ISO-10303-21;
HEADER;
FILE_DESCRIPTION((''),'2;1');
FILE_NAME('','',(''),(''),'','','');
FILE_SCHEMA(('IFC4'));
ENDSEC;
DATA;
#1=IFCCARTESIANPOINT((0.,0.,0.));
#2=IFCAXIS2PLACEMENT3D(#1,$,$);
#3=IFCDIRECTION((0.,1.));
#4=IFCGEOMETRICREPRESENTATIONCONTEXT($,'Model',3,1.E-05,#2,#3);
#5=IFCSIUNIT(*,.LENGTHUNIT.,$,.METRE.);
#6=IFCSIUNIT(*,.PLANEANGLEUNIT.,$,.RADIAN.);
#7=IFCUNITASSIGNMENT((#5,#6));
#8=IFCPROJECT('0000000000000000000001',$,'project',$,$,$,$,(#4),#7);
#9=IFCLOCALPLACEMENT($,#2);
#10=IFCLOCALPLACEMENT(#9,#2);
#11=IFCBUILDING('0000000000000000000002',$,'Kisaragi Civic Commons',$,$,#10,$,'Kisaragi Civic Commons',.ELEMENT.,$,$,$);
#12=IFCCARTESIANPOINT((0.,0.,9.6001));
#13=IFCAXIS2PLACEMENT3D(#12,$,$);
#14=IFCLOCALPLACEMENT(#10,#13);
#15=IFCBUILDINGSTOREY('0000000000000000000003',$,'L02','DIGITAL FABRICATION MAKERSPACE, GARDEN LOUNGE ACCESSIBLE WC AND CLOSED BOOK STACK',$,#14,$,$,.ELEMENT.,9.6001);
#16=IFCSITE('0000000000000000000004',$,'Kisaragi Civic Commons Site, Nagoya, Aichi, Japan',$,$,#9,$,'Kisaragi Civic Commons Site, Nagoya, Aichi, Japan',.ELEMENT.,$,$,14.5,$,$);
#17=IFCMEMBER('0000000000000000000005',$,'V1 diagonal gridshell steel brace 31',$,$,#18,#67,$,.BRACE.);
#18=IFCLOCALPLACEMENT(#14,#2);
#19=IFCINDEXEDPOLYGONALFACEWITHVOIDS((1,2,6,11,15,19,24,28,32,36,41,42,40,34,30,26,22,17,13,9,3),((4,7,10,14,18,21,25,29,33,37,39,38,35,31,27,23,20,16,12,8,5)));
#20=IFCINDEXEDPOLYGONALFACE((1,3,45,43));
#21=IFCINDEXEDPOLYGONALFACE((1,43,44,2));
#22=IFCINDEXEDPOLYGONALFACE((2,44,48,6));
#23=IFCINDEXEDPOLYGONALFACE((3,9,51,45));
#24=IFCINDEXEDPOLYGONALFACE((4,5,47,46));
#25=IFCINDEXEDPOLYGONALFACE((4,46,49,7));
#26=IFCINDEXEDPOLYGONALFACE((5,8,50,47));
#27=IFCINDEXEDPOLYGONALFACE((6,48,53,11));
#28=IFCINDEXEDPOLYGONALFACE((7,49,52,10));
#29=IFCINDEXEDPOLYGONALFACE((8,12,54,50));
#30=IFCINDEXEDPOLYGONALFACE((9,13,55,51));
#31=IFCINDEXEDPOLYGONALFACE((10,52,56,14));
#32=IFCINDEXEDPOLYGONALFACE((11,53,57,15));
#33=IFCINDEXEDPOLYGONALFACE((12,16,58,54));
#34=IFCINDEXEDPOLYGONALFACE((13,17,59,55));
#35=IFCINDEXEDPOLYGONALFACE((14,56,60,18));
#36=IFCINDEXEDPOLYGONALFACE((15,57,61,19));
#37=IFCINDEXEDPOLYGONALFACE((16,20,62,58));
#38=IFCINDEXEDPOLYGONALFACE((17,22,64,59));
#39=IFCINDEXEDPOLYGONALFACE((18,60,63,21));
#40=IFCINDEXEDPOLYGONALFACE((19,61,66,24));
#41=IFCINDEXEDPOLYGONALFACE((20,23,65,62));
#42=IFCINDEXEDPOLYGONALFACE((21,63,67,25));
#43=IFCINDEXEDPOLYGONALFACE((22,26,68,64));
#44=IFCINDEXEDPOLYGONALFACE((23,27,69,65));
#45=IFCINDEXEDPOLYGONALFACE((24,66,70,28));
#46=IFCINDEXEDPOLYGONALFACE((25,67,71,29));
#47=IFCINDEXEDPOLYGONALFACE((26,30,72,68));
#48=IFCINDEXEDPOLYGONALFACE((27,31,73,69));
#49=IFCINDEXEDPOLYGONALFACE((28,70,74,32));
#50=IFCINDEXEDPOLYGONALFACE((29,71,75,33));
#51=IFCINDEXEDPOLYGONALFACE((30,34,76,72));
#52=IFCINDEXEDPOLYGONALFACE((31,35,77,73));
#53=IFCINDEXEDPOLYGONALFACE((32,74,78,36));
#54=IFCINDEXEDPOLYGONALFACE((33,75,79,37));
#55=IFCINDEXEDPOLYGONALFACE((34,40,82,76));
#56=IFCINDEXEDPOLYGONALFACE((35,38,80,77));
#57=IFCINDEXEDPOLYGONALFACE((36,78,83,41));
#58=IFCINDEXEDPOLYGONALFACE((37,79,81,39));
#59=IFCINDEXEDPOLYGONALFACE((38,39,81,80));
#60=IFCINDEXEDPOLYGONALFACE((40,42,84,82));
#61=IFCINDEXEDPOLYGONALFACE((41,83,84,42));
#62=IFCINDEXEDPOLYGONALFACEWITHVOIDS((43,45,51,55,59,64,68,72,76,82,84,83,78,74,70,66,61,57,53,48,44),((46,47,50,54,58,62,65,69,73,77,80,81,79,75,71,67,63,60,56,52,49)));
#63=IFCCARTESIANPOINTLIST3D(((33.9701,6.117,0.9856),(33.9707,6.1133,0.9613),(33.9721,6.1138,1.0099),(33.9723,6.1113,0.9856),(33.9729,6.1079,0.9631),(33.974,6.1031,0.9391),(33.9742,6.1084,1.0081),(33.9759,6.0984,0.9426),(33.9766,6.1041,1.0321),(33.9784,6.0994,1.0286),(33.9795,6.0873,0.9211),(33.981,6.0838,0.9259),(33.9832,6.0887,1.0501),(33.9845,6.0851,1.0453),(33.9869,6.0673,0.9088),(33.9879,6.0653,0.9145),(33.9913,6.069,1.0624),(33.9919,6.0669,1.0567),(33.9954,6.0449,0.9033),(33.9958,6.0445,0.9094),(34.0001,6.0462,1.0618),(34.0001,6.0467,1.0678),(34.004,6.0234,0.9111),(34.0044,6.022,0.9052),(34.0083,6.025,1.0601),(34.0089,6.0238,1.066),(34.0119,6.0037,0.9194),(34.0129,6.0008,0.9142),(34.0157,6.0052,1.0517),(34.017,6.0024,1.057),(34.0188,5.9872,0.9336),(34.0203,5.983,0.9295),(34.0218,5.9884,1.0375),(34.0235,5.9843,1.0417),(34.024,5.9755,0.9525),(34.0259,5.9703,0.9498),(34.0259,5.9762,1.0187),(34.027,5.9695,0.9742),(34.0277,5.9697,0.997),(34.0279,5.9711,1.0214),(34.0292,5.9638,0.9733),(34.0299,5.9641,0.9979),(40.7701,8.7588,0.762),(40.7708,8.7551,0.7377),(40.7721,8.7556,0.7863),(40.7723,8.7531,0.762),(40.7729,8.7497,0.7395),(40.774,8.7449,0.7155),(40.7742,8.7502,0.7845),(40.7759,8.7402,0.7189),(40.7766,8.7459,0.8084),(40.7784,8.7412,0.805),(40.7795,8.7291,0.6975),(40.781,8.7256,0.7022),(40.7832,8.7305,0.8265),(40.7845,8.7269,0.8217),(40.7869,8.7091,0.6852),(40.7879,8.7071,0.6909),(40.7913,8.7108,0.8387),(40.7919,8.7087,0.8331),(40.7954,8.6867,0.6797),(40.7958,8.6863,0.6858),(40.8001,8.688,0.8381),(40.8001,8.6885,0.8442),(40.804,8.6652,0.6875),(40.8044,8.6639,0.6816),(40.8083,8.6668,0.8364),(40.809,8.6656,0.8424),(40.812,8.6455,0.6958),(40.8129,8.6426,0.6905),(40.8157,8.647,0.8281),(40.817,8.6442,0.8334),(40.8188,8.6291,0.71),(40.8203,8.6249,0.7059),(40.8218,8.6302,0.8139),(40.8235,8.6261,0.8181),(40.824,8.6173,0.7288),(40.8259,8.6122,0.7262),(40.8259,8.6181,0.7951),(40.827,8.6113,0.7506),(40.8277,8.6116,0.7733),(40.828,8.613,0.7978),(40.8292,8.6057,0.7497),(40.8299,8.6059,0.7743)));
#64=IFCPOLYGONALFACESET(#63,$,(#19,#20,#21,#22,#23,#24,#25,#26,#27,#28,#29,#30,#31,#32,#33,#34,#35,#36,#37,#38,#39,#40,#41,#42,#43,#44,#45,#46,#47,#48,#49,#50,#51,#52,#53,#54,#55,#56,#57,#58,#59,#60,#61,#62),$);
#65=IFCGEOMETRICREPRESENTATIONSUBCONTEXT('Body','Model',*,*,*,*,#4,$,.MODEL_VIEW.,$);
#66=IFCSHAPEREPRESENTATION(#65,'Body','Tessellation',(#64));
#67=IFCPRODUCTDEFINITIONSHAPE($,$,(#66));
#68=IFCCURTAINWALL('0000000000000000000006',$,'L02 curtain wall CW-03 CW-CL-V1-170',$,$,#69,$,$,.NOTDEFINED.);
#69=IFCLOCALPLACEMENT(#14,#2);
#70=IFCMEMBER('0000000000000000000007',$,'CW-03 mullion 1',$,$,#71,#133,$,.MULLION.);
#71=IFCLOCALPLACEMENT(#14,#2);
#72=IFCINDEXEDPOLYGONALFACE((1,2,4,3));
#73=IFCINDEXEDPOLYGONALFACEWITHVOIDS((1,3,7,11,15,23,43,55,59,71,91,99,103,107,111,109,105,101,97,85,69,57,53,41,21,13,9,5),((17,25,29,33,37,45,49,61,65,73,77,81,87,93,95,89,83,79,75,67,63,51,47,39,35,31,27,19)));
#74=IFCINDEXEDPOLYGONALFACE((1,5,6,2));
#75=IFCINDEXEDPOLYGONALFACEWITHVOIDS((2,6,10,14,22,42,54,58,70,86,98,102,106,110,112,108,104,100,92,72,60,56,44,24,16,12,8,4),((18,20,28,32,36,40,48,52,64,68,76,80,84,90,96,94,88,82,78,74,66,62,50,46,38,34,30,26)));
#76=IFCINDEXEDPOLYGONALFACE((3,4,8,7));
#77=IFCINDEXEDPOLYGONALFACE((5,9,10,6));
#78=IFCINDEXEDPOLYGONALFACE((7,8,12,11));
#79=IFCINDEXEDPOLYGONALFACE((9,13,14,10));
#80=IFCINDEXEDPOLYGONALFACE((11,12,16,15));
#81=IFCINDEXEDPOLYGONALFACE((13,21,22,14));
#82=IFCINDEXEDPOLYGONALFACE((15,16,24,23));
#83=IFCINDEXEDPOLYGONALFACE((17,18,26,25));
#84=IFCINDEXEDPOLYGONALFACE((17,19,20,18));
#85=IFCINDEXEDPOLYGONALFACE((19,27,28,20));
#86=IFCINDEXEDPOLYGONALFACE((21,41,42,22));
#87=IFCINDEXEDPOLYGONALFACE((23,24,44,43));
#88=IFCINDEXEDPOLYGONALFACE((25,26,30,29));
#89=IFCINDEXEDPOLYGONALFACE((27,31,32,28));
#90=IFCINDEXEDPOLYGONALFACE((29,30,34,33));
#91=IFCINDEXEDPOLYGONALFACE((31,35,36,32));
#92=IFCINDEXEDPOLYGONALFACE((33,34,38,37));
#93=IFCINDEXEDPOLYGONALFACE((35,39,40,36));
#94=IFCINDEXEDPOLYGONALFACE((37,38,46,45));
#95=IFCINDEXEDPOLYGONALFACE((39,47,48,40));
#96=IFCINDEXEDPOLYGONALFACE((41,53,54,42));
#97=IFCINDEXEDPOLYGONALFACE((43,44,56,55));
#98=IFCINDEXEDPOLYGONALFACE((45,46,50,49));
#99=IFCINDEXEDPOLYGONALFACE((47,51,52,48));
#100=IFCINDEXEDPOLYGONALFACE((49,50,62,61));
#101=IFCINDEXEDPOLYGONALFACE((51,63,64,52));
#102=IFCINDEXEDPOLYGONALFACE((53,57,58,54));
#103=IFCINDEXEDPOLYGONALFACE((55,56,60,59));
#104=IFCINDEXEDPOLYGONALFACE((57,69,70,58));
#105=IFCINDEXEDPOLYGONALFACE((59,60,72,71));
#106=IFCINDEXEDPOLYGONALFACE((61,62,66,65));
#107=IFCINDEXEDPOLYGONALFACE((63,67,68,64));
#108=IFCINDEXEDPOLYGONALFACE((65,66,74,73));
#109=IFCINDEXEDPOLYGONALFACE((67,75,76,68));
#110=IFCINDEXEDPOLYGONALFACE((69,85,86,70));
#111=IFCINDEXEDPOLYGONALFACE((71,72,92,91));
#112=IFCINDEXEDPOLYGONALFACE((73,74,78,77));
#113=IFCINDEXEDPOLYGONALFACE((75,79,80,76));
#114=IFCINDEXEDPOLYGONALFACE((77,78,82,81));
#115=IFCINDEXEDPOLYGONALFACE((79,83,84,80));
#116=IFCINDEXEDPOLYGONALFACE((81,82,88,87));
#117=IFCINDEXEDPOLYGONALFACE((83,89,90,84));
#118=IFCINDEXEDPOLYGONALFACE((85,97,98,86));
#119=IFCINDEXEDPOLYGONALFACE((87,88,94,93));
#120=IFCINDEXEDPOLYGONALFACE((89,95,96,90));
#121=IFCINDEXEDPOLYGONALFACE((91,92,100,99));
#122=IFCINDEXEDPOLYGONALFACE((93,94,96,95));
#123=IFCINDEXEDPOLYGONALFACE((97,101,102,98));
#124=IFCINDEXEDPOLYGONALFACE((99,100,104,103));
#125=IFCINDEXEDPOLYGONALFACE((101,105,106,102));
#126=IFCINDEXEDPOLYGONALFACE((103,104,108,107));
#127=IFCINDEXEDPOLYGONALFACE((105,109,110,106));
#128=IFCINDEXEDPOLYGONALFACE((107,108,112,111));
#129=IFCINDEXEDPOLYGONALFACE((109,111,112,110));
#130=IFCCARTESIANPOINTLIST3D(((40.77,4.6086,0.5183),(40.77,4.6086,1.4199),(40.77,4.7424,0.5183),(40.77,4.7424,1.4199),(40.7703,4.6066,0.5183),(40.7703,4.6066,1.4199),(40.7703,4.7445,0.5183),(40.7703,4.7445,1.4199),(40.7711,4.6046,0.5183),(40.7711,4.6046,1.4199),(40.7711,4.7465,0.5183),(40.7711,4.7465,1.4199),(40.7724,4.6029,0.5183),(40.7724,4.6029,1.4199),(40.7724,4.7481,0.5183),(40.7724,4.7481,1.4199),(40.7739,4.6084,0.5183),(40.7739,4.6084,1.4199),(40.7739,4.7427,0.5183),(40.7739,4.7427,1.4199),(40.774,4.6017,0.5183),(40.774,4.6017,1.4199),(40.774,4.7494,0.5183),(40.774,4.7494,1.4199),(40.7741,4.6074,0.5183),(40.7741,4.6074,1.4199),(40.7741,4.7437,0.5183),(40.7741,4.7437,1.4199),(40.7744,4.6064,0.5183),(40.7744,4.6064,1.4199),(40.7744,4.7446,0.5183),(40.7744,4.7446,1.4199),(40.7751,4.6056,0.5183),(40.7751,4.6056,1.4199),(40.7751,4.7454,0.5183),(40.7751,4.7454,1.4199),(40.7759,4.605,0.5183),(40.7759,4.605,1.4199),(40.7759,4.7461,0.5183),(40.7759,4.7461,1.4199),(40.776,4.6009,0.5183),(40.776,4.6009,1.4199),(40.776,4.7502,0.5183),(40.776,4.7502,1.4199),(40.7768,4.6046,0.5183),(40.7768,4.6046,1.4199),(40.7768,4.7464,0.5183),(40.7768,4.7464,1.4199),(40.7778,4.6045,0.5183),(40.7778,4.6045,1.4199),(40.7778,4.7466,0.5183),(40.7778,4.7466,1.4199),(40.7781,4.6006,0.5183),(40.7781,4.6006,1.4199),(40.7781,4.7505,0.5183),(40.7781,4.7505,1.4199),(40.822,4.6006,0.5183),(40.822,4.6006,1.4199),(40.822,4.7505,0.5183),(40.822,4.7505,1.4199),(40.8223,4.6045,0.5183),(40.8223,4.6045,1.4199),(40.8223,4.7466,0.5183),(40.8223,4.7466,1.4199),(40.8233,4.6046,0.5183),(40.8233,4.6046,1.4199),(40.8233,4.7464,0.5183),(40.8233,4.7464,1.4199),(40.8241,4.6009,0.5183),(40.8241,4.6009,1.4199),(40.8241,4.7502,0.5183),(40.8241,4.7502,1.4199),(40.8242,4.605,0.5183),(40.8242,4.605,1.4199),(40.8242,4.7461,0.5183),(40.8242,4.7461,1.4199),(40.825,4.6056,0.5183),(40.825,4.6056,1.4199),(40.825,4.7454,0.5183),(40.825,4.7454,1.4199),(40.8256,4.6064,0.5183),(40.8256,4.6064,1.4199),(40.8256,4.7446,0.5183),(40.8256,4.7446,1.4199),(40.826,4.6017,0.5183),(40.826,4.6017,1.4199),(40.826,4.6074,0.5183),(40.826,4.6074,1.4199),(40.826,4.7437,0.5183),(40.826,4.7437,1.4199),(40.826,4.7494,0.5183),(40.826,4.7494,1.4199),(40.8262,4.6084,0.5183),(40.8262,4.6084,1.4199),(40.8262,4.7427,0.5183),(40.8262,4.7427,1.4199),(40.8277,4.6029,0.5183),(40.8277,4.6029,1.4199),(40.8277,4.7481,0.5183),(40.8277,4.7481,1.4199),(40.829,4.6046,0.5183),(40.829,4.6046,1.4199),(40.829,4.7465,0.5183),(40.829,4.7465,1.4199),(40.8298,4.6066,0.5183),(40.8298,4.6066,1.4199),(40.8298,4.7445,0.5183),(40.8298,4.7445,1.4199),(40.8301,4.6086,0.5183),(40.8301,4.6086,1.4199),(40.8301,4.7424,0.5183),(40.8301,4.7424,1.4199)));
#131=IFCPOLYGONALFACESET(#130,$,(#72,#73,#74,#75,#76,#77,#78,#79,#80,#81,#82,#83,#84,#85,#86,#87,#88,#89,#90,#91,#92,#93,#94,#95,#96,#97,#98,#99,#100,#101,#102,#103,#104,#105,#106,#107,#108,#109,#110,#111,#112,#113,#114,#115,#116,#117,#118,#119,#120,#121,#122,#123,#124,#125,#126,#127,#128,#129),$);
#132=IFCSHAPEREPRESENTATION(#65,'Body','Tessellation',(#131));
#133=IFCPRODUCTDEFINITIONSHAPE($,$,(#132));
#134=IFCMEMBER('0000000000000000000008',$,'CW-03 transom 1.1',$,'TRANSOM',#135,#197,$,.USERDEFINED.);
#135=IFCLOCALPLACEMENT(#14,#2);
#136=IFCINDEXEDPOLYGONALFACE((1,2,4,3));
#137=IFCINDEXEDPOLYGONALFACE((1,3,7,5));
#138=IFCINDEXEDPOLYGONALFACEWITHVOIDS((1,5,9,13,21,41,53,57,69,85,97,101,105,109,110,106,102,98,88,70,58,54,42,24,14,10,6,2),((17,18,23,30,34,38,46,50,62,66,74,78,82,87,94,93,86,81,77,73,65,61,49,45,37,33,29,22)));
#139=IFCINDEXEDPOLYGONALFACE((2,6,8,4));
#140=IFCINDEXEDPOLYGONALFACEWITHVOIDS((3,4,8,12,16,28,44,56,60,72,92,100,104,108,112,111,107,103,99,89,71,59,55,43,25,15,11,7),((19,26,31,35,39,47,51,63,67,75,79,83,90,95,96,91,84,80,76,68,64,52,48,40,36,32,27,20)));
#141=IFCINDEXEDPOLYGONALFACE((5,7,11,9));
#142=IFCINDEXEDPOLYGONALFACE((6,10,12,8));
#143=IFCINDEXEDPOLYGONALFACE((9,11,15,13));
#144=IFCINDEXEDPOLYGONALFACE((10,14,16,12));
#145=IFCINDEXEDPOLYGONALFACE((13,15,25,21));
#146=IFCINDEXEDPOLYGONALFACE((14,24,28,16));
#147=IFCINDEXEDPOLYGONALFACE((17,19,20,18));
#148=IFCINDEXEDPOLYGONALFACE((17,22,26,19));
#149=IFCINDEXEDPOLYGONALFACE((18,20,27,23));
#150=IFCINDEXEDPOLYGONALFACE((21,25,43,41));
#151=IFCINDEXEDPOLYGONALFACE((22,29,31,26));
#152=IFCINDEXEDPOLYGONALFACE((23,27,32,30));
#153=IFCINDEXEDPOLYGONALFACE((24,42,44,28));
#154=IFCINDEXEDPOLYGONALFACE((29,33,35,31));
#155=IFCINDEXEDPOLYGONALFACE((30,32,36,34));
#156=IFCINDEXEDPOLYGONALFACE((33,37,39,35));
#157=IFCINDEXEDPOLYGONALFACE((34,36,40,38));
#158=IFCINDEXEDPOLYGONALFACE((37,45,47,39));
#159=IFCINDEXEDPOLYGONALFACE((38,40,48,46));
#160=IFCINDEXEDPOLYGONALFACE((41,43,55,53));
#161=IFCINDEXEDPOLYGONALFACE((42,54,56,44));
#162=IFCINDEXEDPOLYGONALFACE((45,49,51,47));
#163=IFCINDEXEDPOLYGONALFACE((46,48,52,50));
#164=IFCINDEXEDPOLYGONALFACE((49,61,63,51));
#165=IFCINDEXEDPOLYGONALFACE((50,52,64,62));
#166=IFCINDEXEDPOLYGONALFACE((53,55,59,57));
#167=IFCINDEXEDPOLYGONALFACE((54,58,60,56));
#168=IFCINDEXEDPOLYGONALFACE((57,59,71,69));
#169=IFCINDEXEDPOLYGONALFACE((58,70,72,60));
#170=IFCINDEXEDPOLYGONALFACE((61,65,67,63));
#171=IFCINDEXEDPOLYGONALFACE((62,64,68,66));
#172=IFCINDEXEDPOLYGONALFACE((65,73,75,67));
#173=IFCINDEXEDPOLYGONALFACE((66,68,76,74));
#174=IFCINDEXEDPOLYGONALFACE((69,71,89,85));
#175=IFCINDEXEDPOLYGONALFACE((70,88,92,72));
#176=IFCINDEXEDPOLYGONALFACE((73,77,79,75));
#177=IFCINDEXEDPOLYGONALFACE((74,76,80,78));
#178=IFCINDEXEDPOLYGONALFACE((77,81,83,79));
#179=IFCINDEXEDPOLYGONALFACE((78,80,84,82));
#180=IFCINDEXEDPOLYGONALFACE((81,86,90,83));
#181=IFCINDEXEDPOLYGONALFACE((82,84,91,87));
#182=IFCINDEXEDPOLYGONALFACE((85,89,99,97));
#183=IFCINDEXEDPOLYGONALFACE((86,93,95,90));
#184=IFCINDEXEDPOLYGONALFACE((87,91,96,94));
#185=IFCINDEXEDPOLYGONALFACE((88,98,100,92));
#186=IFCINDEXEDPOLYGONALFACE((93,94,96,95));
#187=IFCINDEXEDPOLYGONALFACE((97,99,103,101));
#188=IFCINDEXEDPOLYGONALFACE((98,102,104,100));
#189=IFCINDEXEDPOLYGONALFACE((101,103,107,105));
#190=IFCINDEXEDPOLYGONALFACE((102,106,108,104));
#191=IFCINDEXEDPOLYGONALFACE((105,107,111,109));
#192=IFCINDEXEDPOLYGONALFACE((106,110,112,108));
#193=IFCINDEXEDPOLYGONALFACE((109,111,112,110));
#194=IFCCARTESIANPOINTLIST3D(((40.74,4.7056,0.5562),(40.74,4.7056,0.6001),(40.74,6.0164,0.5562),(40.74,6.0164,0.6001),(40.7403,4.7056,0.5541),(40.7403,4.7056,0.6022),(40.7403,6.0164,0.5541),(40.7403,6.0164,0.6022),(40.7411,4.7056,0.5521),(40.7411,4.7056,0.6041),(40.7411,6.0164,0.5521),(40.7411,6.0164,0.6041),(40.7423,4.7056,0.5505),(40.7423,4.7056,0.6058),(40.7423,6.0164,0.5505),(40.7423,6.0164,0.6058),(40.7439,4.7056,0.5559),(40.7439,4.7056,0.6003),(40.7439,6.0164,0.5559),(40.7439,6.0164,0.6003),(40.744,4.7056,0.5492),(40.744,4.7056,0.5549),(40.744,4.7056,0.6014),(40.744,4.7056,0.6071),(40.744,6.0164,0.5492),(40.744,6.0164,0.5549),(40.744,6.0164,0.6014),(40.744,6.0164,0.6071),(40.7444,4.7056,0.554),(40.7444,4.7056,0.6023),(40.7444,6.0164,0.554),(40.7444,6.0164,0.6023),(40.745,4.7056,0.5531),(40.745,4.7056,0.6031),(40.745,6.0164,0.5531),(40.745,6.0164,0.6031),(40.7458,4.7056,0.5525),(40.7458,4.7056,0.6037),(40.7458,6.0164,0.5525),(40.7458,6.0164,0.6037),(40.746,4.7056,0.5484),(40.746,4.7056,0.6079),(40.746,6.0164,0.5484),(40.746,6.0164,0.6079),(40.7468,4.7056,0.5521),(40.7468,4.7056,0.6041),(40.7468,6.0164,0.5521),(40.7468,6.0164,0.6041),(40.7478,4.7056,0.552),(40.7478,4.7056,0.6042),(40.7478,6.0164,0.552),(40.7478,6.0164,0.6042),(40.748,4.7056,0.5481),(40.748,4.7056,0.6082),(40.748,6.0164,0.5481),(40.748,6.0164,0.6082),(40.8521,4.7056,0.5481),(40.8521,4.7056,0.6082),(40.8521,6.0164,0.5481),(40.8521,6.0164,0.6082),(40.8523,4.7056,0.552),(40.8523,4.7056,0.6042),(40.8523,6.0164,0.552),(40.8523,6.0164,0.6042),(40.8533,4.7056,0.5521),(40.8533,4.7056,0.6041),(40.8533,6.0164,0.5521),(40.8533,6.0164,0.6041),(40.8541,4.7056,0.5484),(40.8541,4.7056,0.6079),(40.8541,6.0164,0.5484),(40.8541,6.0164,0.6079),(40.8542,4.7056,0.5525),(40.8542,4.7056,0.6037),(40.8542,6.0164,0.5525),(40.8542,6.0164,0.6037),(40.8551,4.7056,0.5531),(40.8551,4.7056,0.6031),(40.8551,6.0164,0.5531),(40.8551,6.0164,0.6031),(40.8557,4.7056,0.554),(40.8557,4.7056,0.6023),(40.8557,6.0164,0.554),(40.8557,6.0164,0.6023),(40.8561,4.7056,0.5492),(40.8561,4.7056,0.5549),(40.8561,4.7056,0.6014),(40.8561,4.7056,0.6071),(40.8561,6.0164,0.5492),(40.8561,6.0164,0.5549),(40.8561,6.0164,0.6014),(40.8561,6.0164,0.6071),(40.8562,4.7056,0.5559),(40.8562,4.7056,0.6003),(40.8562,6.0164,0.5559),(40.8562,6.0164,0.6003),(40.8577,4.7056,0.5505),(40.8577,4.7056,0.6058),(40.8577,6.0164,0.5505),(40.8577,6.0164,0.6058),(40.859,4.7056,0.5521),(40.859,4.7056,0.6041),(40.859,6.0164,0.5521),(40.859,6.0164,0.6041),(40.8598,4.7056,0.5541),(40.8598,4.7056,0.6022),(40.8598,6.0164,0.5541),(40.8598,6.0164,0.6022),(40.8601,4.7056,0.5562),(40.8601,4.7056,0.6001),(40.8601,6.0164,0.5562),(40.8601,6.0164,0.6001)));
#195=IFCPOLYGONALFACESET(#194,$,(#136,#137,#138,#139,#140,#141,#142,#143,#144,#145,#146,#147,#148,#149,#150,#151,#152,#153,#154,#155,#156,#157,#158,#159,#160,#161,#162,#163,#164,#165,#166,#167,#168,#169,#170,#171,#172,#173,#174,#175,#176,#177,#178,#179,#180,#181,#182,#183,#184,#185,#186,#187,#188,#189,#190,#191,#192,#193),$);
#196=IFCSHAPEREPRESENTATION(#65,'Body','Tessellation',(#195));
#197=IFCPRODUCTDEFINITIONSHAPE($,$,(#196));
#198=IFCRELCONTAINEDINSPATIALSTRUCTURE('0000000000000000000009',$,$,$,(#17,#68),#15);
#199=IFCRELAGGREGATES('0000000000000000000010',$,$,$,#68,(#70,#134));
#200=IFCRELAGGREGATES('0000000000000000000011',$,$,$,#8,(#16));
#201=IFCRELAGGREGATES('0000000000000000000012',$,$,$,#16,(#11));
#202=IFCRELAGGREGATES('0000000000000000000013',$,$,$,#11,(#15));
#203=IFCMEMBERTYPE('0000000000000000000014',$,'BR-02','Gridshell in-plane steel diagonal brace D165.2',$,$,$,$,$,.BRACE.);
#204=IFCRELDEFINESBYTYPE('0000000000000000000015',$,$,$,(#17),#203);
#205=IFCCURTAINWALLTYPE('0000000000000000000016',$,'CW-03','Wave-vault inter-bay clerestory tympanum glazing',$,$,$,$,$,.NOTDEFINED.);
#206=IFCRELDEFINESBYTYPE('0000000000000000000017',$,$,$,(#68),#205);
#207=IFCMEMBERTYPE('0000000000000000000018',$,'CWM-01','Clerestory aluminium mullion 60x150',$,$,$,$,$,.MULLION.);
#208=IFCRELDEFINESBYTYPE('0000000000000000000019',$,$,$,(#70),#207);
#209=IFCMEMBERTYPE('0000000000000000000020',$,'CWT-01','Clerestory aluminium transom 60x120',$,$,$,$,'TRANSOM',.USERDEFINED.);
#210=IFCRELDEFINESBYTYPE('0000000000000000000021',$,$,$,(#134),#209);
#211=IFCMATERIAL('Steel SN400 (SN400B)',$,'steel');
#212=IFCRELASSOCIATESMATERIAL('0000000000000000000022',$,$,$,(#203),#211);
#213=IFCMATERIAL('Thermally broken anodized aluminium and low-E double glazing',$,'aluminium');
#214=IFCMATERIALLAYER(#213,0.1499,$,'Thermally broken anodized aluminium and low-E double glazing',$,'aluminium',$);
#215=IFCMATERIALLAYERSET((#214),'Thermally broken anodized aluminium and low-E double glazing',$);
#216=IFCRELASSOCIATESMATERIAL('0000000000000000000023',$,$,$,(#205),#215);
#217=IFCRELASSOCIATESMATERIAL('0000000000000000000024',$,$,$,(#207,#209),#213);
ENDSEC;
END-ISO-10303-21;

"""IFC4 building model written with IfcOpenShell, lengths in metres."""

from ifc_helpers import new_model, si_unit, direction, frame, origin, origin_2d, place, context, subcontext, project, spatial, hollow_rectangle, hollow_circle, extrude, material, layer, layer_set, material_profile, profile_set, type_object, element, aggregate, save


model = new_model("IFC4")

# Units and contexts
model_context = context("Model", 3, precision=1e-05, world=origin(), true_north=direction((0.0, 1.0)))
body_context = subcontext(model_context, "Body", "Model", "MODEL_VIEW")
ifc_project = project(units=[si_unit("LENGTHUNIT", "METRE"), si_unit("PLANEANGLEUNIT", "RADIAN")], contexts=[model_context])

# Site, building, storey
site_placement = place(None, origin())
site = spatial("IfcSite", under=ifc_project, at=site_placement, Name="Kisaragi Civic Commons Site, Nagoya, Aichi, Japan", LongName="Kisaragi Civic Commons Site, Nagoya, Aichi, Japan", CompositionType="ELEMENT", RefElevation=14.5)
building_placement = place(site_placement, origin())
building = spatial("IfcBuilding", under=site, at=building_placement, Name="Kisaragi Civic Commons", LongName="Kisaragi Civic Commons", CompositionType="ELEMENT")
storey_placement = place(building_placement, frame((0.0, 0.0, 9.6001)))
storey = spatial("IfcBuildingStorey", under=building, at=storey_placement, Name="L02", Description="DIGITAL FABRICATION MAKERSPACE, GARDEN LOUNGE ACCESSIBLE WC AND CLOSED BOOK STACK", CompositionType="ELEMENT", Elevation=9.6001)

# Member
ifc_material_1 = material(Name="Steel SN400 (SN400B)", Category="steel")
ifc_material_profile_1 = material_profile(ifc_material_1, hollow_circle(Radius=0.0825, WallThickness=0.0061, at=origin_2d()), Name="CHS-165.2x6.0", Category="steel")
ifc_profile_set_1 = profile_set([ifc_material_profile_1], Name="Steel SN400 (SN400B)")
member_type_1 = type_object("IfcMemberType", Name="BR-02", Description="Gridshell in-plane steel diagonal brace D165.2", PredefinedType="BRACE", material=ifc_profile_set_1)
member_1_placement = place(storey_placement, frame((34.0, 6.04, 0.9856), z_axis=(0.931688, 0.361965, -0.03064), x_axis=(-0.362135, 0.932126, 0.0)))
element("IfcMember", 1, at=member_1_placement, inside=storey, type_object=member_type_1, Name="V1 diagonal gridshell steel brace 31", PredefinedType="BRACE", context=body_context, shape_type="SweptSolid", body=[
    extrude(hollow_circle(Radius=0.0825, WallThickness=0.0061, at=origin_2d()), origin(), (0.0, 0.0, 1.0), 7.2986),
])

# Curtain wall, members
ifc_material_2 = material(Name="Thermally broken anodized aluminium and low-E double glazing", Category="aluminium")
ifc_layer_1 = layer(ifc_material_2, 0.1499, Name="Thermally broken anodized aluminium and low-E double glazing", Category="aluminium")
ifc_layer_set_1 = layer_set([ifc_layer_1], Name="Thermally broken anodized aluminium and low-E double glazing")
curtain_wall_type = type_object("IfcCurtainWallType", Name="CW-03", Description="Wave-vault inter-bay clerestory tympanum glazing", PredefinedType="NOTDEFINED", material=ifc_layer_set_1)
curtain_wall_placement = place(storey_placement, origin())
curtain_wall = element("IfcCurtainWall", 2, at=curtain_wall_placement, inside=storey, type_object=curtain_wall_type, Name="L02 curtain wall CW-03 CW-CL-V1-170", PredefinedType="NOTDEFINED")
ifc_material_profile_2 = material_profile(ifc_material_2, hollow_rectangle(XDim=0.0601, YDim=0.1499, WallThickness=0.0039, InnerFilletRadius=0.0039, OuterFilletRadius=0.0081, at=origin_2d()), Name="CWM-60x150x4", Category="aluminium")
ifc_profile_set_2 = profile_set([ifc_material_profile_2], Name="Thermally broken anodized aluminium and low-E double glazing")
member_type_2 = type_object("IfcMemberType", Name="CWM-01", Description="Clerestory aluminium mullion 60x150", PredefinedType="MULLION", material=ifc_profile_set_2)
member_2_placement = place(storey_placement, frame((40.8, 4.6755, 0.5183), z_axis=(0.0, 0.0, 1.0), x_axis=(-1.0, 0.0, 0.0)))
member_2 = element("IfcMember", 3, at=member_2_placement, type_object=member_type_2, Name="CW-03 mullion 1", PredefinedType="MULLION", context=body_context, shape_type="SweptSolid", body=[
    extrude(hollow_rectangle(XDim=0.0601, YDim=0.1499, WallThickness=0.0039, InnerFilletRadius=0.0039, OuterFilletRadius=0.0081, at=origin_2d()), origin(), (0.0, 0.0, 1.0), 0.9016),
])
ifc_material_profile_3 = material_profile(ifc_material_2, hollow_rectangle(XDim=0.1201, YDim=0.0601, WallThickness=0.0039, InnerFilletRadius=0.0039, OuterFilletRadius=0.0081, at=origin_2d()), Name="CWT-60x120x4", Category="aluminium")
ifc_profile_set_3 = profile_set([ifc_material_profile_3], Name="Thermally broken anodized aluminium and low-E double glazing")
member_type_3 = type_object("IfcMemberType", Name="CWT-01", Description="Clerestory aluminium transom 60x120", ElementType="TRANSOM", PredefinedType="USERDEFINED", material=ifc_profile_set_3)
member_3_placement = place(storey_placement, frame((40.8, 4.7056, 0.5781), z_axis=(0.0, 1.0, 0.0), x_axis=(-1.0, 0.0, 0.0)))
member_3 = element("IfcMember", 4, at=member_3_placement, type_object=member_type_3, Name="CW-03 transom 1.1", ObjectType="TRANSOM", PredefinedType="USERDEFINED", context=body_context, shape_type="SweptSolid", body=[
    extrude(hollow_rectangle(XDim=0.1201, YDim=0.0601, WallThickness=0.0039, InnerFilletRadius=0.0039, OuterFilletRadius=0.0081, at=origin_2d()), origin(), (0.0, 0.0, 1.0), 1.3108),
])
aggregate(curtain_wall, [member_2, member_3])

save(model, "model.ifc")
